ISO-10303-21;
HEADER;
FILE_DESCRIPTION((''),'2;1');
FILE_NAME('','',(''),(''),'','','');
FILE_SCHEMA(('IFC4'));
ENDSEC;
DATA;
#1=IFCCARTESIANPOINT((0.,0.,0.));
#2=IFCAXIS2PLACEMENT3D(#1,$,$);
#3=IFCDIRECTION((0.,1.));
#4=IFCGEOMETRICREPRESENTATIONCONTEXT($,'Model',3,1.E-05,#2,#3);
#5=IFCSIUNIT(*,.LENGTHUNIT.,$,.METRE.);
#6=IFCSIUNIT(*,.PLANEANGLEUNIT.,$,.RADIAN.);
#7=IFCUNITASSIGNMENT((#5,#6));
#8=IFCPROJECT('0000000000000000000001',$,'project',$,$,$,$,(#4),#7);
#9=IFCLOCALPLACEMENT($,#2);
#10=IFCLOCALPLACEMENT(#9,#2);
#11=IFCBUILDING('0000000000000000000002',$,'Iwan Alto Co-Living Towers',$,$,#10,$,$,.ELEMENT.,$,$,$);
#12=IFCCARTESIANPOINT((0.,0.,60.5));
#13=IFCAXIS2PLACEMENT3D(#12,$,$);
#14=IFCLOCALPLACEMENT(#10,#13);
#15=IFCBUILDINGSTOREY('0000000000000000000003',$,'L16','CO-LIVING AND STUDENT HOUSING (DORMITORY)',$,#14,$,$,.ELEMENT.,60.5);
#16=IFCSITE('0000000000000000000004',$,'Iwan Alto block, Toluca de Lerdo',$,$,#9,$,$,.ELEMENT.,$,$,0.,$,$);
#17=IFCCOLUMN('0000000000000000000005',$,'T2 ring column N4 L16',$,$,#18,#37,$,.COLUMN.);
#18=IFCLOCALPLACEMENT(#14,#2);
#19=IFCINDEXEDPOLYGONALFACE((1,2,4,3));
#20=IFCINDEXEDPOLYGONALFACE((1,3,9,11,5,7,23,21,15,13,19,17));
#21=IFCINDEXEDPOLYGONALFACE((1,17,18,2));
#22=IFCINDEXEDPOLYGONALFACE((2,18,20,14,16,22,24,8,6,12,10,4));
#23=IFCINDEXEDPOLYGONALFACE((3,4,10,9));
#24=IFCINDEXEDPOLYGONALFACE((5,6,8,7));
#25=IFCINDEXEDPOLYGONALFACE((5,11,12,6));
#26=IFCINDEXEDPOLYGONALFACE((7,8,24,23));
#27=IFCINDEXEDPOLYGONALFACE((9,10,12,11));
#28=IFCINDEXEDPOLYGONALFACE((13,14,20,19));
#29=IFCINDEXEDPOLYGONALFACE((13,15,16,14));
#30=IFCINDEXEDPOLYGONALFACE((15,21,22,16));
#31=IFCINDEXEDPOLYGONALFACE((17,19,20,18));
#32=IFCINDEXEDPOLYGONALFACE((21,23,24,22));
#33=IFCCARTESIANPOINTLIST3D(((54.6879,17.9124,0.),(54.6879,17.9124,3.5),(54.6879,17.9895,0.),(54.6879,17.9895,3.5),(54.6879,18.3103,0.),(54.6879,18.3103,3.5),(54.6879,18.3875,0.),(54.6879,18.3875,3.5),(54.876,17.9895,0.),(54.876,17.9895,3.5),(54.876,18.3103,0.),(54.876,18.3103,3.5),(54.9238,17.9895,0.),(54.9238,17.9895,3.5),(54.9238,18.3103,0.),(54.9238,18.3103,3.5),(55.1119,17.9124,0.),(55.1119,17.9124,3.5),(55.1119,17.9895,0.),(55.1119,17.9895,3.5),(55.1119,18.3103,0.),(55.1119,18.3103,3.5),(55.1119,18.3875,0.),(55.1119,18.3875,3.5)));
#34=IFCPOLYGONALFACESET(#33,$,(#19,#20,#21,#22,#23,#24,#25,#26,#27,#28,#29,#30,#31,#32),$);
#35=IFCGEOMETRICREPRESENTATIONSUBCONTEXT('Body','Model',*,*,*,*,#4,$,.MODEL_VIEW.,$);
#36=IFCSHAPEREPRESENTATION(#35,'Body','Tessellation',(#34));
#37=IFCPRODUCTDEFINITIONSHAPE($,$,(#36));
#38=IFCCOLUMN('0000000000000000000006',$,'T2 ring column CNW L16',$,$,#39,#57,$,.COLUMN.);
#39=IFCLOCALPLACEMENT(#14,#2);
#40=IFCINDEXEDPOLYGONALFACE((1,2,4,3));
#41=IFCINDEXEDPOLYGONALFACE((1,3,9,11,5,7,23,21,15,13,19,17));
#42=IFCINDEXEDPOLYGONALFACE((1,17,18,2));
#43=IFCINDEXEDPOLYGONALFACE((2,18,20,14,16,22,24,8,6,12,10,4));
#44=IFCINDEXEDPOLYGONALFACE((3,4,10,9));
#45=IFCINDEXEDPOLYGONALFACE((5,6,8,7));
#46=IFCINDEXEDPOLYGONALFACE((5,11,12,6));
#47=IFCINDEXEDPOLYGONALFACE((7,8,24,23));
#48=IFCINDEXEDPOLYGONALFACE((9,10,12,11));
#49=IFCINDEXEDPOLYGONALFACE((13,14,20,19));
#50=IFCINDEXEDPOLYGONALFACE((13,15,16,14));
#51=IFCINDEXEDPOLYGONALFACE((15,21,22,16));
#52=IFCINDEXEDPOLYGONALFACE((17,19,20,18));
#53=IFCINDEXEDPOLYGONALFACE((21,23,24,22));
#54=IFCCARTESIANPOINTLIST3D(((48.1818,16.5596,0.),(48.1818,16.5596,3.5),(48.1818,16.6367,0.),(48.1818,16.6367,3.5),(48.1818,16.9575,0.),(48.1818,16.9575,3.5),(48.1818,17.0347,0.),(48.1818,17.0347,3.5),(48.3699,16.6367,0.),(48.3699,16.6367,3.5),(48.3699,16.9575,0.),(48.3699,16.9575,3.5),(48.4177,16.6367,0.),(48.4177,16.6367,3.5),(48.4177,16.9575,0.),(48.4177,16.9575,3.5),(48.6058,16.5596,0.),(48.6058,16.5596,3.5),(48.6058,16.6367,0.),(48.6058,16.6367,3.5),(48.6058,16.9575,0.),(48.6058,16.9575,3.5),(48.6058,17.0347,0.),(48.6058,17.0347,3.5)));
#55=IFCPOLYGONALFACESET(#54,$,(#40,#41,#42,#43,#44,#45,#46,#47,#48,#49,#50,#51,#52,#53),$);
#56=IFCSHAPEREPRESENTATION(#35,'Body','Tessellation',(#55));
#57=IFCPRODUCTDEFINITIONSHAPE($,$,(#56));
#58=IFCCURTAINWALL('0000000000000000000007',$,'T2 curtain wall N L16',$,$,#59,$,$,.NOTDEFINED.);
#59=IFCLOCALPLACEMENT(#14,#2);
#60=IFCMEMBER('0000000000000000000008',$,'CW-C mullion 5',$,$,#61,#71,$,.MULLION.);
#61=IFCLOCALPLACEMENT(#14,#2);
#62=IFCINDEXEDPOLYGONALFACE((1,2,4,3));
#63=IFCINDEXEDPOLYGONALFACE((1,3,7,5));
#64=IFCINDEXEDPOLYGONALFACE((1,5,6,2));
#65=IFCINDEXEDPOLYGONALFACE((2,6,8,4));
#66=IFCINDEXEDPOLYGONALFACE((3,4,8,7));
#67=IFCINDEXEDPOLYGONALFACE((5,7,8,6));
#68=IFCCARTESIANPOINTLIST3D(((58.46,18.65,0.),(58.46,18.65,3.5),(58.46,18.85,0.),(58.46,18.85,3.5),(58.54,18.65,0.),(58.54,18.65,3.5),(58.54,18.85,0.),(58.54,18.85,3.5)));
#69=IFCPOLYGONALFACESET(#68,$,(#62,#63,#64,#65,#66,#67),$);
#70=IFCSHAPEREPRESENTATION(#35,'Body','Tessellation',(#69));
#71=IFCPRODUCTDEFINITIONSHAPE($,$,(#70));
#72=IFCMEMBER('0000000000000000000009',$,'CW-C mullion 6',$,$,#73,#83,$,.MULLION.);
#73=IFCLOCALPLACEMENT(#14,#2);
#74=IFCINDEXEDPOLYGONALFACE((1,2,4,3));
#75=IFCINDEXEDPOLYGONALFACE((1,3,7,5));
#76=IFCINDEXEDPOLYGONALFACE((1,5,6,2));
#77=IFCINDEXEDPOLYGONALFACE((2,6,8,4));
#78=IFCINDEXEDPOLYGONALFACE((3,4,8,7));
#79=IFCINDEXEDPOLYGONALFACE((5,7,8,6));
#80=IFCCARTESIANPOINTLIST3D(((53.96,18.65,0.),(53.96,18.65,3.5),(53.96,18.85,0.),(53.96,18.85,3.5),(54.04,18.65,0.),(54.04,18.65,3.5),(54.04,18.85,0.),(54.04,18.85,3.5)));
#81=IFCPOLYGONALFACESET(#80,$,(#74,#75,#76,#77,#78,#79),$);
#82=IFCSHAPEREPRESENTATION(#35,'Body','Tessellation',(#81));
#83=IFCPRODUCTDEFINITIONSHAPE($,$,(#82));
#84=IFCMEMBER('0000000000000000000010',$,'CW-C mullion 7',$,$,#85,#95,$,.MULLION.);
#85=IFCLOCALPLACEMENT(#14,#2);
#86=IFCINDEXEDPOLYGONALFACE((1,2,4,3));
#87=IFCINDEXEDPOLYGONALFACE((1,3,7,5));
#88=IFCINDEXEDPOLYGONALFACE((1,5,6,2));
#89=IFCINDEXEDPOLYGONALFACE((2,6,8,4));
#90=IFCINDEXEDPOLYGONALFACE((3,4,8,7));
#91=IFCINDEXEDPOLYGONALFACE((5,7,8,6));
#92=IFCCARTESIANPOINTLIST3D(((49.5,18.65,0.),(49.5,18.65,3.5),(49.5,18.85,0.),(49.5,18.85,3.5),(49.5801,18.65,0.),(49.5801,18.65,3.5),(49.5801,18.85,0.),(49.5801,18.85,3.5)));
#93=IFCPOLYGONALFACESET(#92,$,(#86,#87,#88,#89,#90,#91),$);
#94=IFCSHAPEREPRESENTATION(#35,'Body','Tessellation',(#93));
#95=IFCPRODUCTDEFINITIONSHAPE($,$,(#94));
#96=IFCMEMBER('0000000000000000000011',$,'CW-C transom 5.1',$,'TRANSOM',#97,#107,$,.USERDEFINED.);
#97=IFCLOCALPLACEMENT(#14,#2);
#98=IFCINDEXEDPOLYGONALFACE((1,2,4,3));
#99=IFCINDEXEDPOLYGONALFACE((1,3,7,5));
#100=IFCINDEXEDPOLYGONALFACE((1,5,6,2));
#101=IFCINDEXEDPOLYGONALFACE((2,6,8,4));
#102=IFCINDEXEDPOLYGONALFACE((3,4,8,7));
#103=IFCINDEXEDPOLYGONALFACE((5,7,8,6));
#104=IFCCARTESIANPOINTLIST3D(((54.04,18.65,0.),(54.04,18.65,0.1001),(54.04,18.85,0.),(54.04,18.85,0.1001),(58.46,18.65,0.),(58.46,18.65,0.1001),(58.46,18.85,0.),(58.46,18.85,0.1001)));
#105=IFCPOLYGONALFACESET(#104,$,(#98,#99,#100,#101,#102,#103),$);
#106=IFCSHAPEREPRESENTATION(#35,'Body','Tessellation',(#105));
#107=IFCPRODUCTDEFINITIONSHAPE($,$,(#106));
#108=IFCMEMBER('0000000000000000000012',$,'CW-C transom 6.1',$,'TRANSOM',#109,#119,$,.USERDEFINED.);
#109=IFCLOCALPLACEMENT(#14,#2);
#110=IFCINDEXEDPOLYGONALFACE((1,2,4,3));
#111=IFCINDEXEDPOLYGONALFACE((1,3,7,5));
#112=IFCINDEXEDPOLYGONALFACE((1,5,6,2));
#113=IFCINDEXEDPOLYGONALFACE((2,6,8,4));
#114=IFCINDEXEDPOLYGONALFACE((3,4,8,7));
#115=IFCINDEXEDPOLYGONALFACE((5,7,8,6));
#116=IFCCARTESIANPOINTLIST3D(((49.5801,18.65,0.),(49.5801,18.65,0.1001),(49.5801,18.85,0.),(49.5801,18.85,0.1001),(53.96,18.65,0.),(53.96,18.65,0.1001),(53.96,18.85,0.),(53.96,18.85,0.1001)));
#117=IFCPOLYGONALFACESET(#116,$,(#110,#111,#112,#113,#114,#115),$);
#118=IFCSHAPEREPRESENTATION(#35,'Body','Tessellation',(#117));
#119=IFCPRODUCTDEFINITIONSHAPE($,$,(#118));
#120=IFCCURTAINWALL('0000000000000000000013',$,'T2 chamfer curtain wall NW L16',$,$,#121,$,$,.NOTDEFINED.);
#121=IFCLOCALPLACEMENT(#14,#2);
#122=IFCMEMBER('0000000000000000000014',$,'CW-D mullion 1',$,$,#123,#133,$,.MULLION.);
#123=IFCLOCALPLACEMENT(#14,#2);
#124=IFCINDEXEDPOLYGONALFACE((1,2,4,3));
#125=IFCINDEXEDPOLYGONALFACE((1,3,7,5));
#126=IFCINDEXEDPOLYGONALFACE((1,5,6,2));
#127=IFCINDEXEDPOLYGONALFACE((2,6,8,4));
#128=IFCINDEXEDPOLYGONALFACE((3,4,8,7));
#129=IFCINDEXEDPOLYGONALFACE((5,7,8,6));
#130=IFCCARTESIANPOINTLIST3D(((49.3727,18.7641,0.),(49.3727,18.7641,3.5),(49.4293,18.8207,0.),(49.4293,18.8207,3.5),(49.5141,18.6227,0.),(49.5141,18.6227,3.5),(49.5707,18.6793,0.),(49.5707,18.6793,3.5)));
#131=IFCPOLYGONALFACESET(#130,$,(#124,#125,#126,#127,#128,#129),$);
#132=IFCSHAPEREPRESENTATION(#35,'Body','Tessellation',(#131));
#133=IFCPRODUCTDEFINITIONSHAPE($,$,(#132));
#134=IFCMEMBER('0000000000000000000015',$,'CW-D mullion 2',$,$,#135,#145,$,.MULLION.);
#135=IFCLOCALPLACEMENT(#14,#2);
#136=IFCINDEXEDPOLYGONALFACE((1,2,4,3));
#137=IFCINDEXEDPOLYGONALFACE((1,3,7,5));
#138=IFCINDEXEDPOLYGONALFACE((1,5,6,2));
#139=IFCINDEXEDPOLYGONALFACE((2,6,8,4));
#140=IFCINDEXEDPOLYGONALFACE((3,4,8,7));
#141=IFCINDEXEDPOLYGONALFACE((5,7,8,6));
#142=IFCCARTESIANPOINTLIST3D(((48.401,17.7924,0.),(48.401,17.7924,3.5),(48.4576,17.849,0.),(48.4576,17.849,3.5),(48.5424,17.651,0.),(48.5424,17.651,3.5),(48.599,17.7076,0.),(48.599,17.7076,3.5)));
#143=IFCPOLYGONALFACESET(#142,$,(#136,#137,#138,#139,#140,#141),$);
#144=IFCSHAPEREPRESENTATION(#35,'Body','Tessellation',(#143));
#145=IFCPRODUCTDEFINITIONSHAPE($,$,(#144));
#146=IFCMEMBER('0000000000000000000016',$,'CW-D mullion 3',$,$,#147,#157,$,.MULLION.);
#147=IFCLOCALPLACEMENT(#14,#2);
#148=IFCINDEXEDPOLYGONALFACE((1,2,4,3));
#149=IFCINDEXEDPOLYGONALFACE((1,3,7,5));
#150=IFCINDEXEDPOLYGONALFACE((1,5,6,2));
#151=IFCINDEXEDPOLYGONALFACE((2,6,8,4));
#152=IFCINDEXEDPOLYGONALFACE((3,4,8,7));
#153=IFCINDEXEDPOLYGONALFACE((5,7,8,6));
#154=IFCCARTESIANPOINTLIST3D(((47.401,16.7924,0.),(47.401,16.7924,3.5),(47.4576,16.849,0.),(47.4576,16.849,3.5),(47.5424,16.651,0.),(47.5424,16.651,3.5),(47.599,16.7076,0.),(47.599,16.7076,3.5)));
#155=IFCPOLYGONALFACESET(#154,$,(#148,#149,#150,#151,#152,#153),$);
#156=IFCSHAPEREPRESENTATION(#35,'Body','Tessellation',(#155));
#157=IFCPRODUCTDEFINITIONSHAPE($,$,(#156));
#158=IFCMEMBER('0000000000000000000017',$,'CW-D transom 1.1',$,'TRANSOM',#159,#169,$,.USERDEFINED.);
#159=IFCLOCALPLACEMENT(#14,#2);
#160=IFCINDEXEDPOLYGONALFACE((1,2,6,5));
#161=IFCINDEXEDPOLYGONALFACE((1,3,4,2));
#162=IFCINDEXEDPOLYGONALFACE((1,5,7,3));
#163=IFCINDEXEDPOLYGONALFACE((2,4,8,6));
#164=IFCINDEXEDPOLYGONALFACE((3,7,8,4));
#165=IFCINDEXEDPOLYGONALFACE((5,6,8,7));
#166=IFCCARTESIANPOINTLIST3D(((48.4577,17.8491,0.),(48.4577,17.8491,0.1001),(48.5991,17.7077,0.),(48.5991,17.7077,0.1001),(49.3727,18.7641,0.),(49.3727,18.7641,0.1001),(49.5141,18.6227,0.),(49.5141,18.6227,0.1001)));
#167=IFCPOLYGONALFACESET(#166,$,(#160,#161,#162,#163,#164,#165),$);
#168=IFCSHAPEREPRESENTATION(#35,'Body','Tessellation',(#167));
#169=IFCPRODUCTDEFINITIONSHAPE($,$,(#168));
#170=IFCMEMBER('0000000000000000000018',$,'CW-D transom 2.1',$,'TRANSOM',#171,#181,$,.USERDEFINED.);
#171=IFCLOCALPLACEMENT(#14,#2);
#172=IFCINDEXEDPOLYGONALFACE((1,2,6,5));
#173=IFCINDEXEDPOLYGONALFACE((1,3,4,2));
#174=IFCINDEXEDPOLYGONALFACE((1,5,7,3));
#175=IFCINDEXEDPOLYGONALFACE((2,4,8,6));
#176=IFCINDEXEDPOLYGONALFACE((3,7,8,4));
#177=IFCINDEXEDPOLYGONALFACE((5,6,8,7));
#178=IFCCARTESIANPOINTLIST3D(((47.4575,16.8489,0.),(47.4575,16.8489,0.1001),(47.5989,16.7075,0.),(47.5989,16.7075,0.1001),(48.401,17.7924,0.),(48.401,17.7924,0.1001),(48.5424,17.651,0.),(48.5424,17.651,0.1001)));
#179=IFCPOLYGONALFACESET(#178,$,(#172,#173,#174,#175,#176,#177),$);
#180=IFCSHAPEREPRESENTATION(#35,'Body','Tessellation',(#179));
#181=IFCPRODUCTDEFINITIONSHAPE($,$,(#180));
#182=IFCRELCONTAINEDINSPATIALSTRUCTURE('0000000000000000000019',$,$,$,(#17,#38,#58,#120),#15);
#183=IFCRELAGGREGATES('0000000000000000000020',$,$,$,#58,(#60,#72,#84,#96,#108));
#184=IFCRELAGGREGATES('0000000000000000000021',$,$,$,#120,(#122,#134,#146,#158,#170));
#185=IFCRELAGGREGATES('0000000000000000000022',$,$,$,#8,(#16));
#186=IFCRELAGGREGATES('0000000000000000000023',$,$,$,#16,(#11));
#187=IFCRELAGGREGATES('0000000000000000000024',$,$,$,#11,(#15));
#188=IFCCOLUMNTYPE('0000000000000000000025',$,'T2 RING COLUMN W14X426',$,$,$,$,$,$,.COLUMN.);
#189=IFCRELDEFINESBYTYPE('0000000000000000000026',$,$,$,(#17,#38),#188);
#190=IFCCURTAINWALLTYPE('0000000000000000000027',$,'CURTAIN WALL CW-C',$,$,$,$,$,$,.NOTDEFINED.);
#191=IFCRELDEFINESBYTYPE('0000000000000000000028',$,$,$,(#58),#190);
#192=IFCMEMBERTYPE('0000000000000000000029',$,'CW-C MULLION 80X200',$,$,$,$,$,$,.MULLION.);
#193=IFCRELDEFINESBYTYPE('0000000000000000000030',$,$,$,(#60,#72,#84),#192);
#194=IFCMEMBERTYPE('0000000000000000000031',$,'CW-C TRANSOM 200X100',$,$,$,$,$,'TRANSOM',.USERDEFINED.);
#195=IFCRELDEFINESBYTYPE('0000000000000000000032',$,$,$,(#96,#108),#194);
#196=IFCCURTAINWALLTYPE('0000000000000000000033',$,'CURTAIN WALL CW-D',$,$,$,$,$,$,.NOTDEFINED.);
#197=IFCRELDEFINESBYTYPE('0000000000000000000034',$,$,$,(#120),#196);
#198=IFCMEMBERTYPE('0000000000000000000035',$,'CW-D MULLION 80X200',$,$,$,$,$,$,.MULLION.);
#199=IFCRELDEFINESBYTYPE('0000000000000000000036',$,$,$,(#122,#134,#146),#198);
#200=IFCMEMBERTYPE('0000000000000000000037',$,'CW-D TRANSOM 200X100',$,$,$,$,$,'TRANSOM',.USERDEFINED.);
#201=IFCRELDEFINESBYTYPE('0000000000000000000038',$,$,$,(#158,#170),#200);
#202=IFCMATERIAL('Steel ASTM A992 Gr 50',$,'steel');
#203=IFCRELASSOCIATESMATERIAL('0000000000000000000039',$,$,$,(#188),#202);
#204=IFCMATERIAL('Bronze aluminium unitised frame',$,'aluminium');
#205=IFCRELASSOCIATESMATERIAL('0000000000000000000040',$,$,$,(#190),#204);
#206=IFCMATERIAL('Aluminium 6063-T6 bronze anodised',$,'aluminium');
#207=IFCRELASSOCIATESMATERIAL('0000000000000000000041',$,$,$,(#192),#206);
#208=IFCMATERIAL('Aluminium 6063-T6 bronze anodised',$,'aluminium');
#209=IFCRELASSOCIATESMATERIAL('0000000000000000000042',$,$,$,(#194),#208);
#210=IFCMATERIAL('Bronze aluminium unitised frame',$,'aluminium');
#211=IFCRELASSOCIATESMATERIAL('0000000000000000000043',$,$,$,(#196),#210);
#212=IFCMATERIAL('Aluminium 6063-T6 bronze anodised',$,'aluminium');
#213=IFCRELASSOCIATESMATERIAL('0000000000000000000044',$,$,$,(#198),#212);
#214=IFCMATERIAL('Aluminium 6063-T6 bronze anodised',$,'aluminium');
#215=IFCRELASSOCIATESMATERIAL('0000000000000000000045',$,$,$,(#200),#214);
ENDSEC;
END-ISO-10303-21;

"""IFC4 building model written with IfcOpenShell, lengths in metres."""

from ifc_helpers import new_model, si_unit, direction, frame, origin, origin_2d, place, context, subcontext, project, spatial, rectangle, i_section, extrude, material, material_profile, profile_set, type_object, element, aggregate, save


model = new_model("IFC4")

# Units and contexts
model_context = context("Model", 3, precision=1e-05, world=origin(), true_north=direction((0.0, 1.0)))
body_context = subcontext(model_context, "Body", "Model", "MODEL_VIEW")
ifc_project = project(units=[si_unit("LENGTHUNIT", "METRE"), si_unit("PLANEANGLEUNIT", "RADIAN")], contexts=[model_context])

# Site, building, storey
site_placement = place(None, origin())
site = spatial("IfcSite", under=ifc_project, at=site_placement, Name="Iwan Alto block, Toluca de Lerdo", CompositionType="ELEMENT", RefElevation=0.0)
building_placement = place(site_placement, origin())
building = spatial("IfcBuilding", under=site, at=building_placement, Name="Iwan Alto Co-Living Towers", CompositionType="ELEMENT")
storey_placement = place(building_placement, frame((0.0, 0.0, 60.5)))
storey = spatial("IfcBuildingStorey", under=building, at=storey_placement, Name="L16", Description="CO-LIVING AND STUDENT HOUSING (DORMITORY)", CompositionType="ELEMENT", Elevation=60.5)

# Columns
ifc_material_1 = material(Name="Steel ASTM A992 Gr 50", Category="steel")
ifc_material_profile_1 = material_profile(ifc_material_1, i_section(OverallWidth=0.4241, OverallDepth=0.4751, WebThickness=0.0479, FlangeThickness=0.0771, at=origin_2d()), Name="W14X426")
ifc_profile_set_1 = profile_set([ifc_material_profile_1], Name="Steel ASTM A992 Gr 50")
column_type = type_object("IfcColumnType", Name="T2 RING COLUMN W14X426", PredefinedType="COLUMN", material=ifc_profile_set_1)
for number, where, z_axis, x_axis, name in (
    (1, (54.8999, 18.1499, 0.0), (0.0, 0.0, 1.0), (1.0, 0.0, 0.0), "T2 ring column N4 L16"),
    (2, (48.3938, 16.7971, 0.0), (0.0, 0.0, 1.0), (1.0, 0.0, 0.0), "T2 ring column CNW L16"),
):
    element("IfcColumn", number, at=place(storey_placement, frame(where, z_axis=z_axis, x_axis=x_axis)), inside=storey, type_object=column_type, Name=name, PredefinedType="COLUMN", context=body_context, shape_type="SweptSolid", body=[
        extrude(i_section(OverallWidth=0.4241, OverallDepth=0.4751, WebThickness=0.0479, FlangeThickness=0.0771, at=origin_2d()), origin(), (0.0, 0.0, 1.0), 3.5),
    ])

# Curtain walls, members
ifc_material_2 = material(Name="Bronze aluminium unitised frame", Category="aluminium")
curtain_wall_type_1 = type_object("IfcCurtainWallType", Name="CURTAIN WALL CW-C", PredefinedType="NOTDEFINED", material=ifc_material_2)
curtain_wall_1_placement = place(storey_placement, origin())
curtain_wall_1 = element("IfcCurtainWall", 3, at=curtain_wall_1_placement, inside=storey, type_object=curtain_wall_type_1, Name="T2 curtain wall N L16", PredefinedType="NOTDEFINED")
ifc_material_3 = material(Name="Aluminium 6063-T6 bronze anodised", Category="aluminium")
ifc_material_profile_2 = material_profile(ifc_material_3, rectangle(XDim=0.2, YDim=0.0801, at=origin_2d()), Name="AL 80X200")
ifc_profile_set_2 = profile_set([ifc_material_profile_2], Name="Aluminium 6063-T6 bronze anodised")
member_type_1 = type_object("IfcMemberType", Name="CW-C MULLION 80X200", PredefinedType="MULLION", material=ifc_profile_set_2)
member_1_placement = place(storey_placement, frame((58.5, 18.75, 0.0), z_axis=(0.0, 0.0, 1.0), x_axis=(0.0, -1.0, 0.0)))
member_1 = element("IfcMember", 4, at=member_1_placement, type_object=member_type_1, Name="CW-C mullion 5", PredefinedType="MULLION", context=body_context, shape_type="SweptSolid", body=[
    extrude(rectangle(XDim=0.2, YDim=0.0801, at=origin_2d()), origin(), (0.0, 0.0, 1.0), 3.5),
])
member_2_placement = place(storey_placement, frame((54.0, 18.75, 0.0), z_axis=(0.0, 0.0, 1.0), x_axis=(0.0, -1.0, 0.0)))
member_2 = element("IfcMember", 5, at=member_2_placement, type_object=member_type_1, Name="CW-C mullion 6", PredefinedType="MULLION", context=body_context, shape_type="SweptSolid", body=[
    extrude(rectangle(XDim=0.2, YDim=0.0801, at=origin_2d()), origin(), (0.0, 0.0, 1.0), 3.5),
])
member_3_placement = place(storey_placement, frame((49.54, 18.75, 0.0), z_axis=(0.0, 0.0, 1.0), x_axis=(0.0, -1.0, 0.0)))
member_3 = element("IfcMember", 6, at=member_3_placement, type_object=member_type_1, Name="CW-C mullion 7", PredefinedType="MULLION", context=body_context, shape_type="SweptSolid", body=[
    extrude(rectangle(XDim=0.2, YDim=0.0801, at=origin_2d()), origin(), (0.0, 0.0, 1.0), 3.5),
])
ifc_material_4 = material(Name="Aluminium 6063-T6 bronze anodised", Category="aluminium")
ifc_material_profile_3 = material_profile(ifc_material_4, rectangle(XDim=0.2, YDim=0.1001, at=origin_2d()), Name="AL 200X100")
ifc_profile_set_3 = profile_set([ifc_material_profile_3], Name="Aluminium 6063-T6 bronze anodised")
member_type_2 = type_object("IfcMemberType", Name="CW-C TRANSOM 200X100", ElementType="TRANSOM", PredefinedType="USERDEFINED", material=ifc_profile_set_3)
member_4_placement = place(storey_placement, frame((58.46, 18.75, 0.05), z_axis=(-1.0, 0.0, 0.0), x_axis=(0.0, -1.0, 0.0)))
member_4 = element("IfcMember", 7, at=member_4_placement, type_object=member_type_2, Name="CW-C transom 5.1", ObjectType="TRANSOM", PredefinedType="USERDEFINED", context=body_context, shape_type="SweptSolid", body=[
    extrude(rectangle(XDim=0.2, YDim=0.1001, at=origin_2d()), origin(), (0.0, 0.0, 1.0), 4.4199),
])
member_5_placement = place(storey_placement, frame((53.96, 18.75, 0.05), z_axis=(-1.0, 0.0, 0.0), x_axis=(0.0, -1.0, 0.0)))
member_5 = element("IfcMember", 8, at=member_5_placement, type_object=member_type_2, Name="CW-C transom 6.1", ObjectType="TRANSOM", PredefinedType="USERDEFINED", context=body_context, shape_type="SweptSolid", body=[
    extrude(rectangle(XDim=0.2, YDim=0.1001, at=origin_2d()), origin(), (0.0, 0.0, 1.0), 4.3799),
])
ifc_material_5 = material(Name="Bronze aluminium unitised frame", Category="aluminium")
curtain_wall_type_2 = type_object("IfcCurtainWallType", Name="CURTAIN WALL CW-D", PredefinedType="NOTDEFINED", material=ifc_material_5)
curtain_wall_2_placement = place(storey_placement, origin())
curtain_wall_2 = element("IfcCurtainWall", 9, at=curtain_wall_2_placement, inside=storey, type_object=curtain_wall_type_2, Name="T2 chamfer curtain wall NW L16", PredefinedType="NOTDEFINED")
ifc_material_6 = material(Name="Aluminium 6063-T6 bronze anodised", Category="aluminium")
ifc_material_profile_4 = material_profile(ifc_material_6, rectangle(XDim=0.2, YDim=0.0801, at=origin_2d()), Name="AL 80X200")
ifc_profile_set_4 = profile_set([ifc_material_profile_4], Name="Aluminium 6063-T6 bronze anodised")
member_type_3 = type_object("IfcMemberType", Name="CW-D MULLION 80X200", PredefinedType="MULLION", material=ifc_profile_set_4)
member_6_placement = place(storey_placement, frame((49.4717, 18.7217, 0.0), z_axis=(0.0, 0.0, 1.0), x_axis=(0.707107, -0.707107, 0.0)))
member_6 = element("IfcMember", 10, at=member_6_placement, type_object=member_type_3, Name="CW-D mullion 1", PredefinedType="MULLION", context=body_context, shape_type="SweptSolid", body=[
    extrude(rectangle(XDim=0.2, YDim=0.0801, at=origin_2d()), origin(), (0.0, 0.0, 1.0), 3.5),
])
member_7_placement = place(storey_placement, frame((48.5, 17.75, 0.0), z_axis=(0.0, 0.0, 1.0), x_axis=(0.707107, -0.707107, 0.0)))
member_7 = element("IfcMember", 11, at=member_7_placement, type_object=member_type_3, Name="CW-D mullion 2", PredefinedType="MULLION", context=body_context, shape_type="SweptSolid", body=[
    extrude(rectangle(XDim=0.2, YDim=0.0801, at=origin_2d()), origin(), (0.0, 0.0, 1.0), 3.5),
])
member_8_placement = place(storey_placement, frame((47.5, 16.75, 0.0), z_axis=(0.0, 0.0, 1.0), x_axis=(0.707107, -0.707107, 0.0)))
member_8 = element("IfcMember", 12, at=member_8_placement, type_object=member_type_3, Name="CW-D mullion 3", PredefinedType="MULLION", context=body_context, shape_type="SweptSolid", body=[
    extrude(rectangle(XDim=0.2, YDim=0.0801, at=origin_2d()), origin(), (0.0, 0.0, 1.0), 3.5),
])
ifc_material_7 = material(Name="Aluminium 6063-T6 bronze anodised", Category="aluminium")
ifc_material_profile_5 = material_profile(ifc_material_7, rectangle(XDim=0.2, YDim=0.1001, at=origin_2d()), Name="AL 200X100")
ifc_profile_set_5 = profile_set([ifc_material_profile_5], Name="Aluminium 6063-T6 bronze anodised")
member_type_4 = type_object("IfcMemberType", Name="CW-D TRANSOM 200X100", ElementType="TRANSOM", PredefinedType="USERDEFINED", material=ifc_profile_set_5)
member_9_placement = place(storey_placement, frame((49.4434, 18.6934, 0.05), z_axis=(-0.707107, -0.707107, 0.0), x_axis=(0.707107, -0.707107, 0.0)))
member_9 = element("IfcMember", 13, at=member_9_placement, type_object=member_type_4, Name="CW-D transom 1.1", ObjectType="TRANSOM", PredefinedType="USERDEFINED", context=body_context, shape_type="SweptSolid", body=[
    extrude(rectangle(XDim=0.2, YDim=0.1001, at=origin_2d()), origin(), (0.0, 0.0, 1.0), 1.2939),
])
member_10_placement = place(storey_placement, frame((48.4717, 17.7217, 0.05), z_axis=(-0.707107, -0.707107, 0.0), x_axis=(0.707107, -0.707107, 0.0)))
member_10 = element("IfcMember", 14, at=member_10_placement, type_object=member_type_4, Name="CW-D transom 2.1", ObjectType="TRANSOM", PredefinedType="USERDEFINED", context=body_context, shape_type="SweptSolid", body=[
    extrude(rectangle(XDim=0.2, YDim=0.1001, at=origin_2d()), origin(), (0.0, 0.0, 1.0), 1.3342),
])

aggregate(curtain_wall_1, [member_1, member_2, member_3, member_4, member_5])
aggregate(curtain_wall_2, [member_6, member_7, member_8, member_9, member_10])

save(model, "model.ifc")
